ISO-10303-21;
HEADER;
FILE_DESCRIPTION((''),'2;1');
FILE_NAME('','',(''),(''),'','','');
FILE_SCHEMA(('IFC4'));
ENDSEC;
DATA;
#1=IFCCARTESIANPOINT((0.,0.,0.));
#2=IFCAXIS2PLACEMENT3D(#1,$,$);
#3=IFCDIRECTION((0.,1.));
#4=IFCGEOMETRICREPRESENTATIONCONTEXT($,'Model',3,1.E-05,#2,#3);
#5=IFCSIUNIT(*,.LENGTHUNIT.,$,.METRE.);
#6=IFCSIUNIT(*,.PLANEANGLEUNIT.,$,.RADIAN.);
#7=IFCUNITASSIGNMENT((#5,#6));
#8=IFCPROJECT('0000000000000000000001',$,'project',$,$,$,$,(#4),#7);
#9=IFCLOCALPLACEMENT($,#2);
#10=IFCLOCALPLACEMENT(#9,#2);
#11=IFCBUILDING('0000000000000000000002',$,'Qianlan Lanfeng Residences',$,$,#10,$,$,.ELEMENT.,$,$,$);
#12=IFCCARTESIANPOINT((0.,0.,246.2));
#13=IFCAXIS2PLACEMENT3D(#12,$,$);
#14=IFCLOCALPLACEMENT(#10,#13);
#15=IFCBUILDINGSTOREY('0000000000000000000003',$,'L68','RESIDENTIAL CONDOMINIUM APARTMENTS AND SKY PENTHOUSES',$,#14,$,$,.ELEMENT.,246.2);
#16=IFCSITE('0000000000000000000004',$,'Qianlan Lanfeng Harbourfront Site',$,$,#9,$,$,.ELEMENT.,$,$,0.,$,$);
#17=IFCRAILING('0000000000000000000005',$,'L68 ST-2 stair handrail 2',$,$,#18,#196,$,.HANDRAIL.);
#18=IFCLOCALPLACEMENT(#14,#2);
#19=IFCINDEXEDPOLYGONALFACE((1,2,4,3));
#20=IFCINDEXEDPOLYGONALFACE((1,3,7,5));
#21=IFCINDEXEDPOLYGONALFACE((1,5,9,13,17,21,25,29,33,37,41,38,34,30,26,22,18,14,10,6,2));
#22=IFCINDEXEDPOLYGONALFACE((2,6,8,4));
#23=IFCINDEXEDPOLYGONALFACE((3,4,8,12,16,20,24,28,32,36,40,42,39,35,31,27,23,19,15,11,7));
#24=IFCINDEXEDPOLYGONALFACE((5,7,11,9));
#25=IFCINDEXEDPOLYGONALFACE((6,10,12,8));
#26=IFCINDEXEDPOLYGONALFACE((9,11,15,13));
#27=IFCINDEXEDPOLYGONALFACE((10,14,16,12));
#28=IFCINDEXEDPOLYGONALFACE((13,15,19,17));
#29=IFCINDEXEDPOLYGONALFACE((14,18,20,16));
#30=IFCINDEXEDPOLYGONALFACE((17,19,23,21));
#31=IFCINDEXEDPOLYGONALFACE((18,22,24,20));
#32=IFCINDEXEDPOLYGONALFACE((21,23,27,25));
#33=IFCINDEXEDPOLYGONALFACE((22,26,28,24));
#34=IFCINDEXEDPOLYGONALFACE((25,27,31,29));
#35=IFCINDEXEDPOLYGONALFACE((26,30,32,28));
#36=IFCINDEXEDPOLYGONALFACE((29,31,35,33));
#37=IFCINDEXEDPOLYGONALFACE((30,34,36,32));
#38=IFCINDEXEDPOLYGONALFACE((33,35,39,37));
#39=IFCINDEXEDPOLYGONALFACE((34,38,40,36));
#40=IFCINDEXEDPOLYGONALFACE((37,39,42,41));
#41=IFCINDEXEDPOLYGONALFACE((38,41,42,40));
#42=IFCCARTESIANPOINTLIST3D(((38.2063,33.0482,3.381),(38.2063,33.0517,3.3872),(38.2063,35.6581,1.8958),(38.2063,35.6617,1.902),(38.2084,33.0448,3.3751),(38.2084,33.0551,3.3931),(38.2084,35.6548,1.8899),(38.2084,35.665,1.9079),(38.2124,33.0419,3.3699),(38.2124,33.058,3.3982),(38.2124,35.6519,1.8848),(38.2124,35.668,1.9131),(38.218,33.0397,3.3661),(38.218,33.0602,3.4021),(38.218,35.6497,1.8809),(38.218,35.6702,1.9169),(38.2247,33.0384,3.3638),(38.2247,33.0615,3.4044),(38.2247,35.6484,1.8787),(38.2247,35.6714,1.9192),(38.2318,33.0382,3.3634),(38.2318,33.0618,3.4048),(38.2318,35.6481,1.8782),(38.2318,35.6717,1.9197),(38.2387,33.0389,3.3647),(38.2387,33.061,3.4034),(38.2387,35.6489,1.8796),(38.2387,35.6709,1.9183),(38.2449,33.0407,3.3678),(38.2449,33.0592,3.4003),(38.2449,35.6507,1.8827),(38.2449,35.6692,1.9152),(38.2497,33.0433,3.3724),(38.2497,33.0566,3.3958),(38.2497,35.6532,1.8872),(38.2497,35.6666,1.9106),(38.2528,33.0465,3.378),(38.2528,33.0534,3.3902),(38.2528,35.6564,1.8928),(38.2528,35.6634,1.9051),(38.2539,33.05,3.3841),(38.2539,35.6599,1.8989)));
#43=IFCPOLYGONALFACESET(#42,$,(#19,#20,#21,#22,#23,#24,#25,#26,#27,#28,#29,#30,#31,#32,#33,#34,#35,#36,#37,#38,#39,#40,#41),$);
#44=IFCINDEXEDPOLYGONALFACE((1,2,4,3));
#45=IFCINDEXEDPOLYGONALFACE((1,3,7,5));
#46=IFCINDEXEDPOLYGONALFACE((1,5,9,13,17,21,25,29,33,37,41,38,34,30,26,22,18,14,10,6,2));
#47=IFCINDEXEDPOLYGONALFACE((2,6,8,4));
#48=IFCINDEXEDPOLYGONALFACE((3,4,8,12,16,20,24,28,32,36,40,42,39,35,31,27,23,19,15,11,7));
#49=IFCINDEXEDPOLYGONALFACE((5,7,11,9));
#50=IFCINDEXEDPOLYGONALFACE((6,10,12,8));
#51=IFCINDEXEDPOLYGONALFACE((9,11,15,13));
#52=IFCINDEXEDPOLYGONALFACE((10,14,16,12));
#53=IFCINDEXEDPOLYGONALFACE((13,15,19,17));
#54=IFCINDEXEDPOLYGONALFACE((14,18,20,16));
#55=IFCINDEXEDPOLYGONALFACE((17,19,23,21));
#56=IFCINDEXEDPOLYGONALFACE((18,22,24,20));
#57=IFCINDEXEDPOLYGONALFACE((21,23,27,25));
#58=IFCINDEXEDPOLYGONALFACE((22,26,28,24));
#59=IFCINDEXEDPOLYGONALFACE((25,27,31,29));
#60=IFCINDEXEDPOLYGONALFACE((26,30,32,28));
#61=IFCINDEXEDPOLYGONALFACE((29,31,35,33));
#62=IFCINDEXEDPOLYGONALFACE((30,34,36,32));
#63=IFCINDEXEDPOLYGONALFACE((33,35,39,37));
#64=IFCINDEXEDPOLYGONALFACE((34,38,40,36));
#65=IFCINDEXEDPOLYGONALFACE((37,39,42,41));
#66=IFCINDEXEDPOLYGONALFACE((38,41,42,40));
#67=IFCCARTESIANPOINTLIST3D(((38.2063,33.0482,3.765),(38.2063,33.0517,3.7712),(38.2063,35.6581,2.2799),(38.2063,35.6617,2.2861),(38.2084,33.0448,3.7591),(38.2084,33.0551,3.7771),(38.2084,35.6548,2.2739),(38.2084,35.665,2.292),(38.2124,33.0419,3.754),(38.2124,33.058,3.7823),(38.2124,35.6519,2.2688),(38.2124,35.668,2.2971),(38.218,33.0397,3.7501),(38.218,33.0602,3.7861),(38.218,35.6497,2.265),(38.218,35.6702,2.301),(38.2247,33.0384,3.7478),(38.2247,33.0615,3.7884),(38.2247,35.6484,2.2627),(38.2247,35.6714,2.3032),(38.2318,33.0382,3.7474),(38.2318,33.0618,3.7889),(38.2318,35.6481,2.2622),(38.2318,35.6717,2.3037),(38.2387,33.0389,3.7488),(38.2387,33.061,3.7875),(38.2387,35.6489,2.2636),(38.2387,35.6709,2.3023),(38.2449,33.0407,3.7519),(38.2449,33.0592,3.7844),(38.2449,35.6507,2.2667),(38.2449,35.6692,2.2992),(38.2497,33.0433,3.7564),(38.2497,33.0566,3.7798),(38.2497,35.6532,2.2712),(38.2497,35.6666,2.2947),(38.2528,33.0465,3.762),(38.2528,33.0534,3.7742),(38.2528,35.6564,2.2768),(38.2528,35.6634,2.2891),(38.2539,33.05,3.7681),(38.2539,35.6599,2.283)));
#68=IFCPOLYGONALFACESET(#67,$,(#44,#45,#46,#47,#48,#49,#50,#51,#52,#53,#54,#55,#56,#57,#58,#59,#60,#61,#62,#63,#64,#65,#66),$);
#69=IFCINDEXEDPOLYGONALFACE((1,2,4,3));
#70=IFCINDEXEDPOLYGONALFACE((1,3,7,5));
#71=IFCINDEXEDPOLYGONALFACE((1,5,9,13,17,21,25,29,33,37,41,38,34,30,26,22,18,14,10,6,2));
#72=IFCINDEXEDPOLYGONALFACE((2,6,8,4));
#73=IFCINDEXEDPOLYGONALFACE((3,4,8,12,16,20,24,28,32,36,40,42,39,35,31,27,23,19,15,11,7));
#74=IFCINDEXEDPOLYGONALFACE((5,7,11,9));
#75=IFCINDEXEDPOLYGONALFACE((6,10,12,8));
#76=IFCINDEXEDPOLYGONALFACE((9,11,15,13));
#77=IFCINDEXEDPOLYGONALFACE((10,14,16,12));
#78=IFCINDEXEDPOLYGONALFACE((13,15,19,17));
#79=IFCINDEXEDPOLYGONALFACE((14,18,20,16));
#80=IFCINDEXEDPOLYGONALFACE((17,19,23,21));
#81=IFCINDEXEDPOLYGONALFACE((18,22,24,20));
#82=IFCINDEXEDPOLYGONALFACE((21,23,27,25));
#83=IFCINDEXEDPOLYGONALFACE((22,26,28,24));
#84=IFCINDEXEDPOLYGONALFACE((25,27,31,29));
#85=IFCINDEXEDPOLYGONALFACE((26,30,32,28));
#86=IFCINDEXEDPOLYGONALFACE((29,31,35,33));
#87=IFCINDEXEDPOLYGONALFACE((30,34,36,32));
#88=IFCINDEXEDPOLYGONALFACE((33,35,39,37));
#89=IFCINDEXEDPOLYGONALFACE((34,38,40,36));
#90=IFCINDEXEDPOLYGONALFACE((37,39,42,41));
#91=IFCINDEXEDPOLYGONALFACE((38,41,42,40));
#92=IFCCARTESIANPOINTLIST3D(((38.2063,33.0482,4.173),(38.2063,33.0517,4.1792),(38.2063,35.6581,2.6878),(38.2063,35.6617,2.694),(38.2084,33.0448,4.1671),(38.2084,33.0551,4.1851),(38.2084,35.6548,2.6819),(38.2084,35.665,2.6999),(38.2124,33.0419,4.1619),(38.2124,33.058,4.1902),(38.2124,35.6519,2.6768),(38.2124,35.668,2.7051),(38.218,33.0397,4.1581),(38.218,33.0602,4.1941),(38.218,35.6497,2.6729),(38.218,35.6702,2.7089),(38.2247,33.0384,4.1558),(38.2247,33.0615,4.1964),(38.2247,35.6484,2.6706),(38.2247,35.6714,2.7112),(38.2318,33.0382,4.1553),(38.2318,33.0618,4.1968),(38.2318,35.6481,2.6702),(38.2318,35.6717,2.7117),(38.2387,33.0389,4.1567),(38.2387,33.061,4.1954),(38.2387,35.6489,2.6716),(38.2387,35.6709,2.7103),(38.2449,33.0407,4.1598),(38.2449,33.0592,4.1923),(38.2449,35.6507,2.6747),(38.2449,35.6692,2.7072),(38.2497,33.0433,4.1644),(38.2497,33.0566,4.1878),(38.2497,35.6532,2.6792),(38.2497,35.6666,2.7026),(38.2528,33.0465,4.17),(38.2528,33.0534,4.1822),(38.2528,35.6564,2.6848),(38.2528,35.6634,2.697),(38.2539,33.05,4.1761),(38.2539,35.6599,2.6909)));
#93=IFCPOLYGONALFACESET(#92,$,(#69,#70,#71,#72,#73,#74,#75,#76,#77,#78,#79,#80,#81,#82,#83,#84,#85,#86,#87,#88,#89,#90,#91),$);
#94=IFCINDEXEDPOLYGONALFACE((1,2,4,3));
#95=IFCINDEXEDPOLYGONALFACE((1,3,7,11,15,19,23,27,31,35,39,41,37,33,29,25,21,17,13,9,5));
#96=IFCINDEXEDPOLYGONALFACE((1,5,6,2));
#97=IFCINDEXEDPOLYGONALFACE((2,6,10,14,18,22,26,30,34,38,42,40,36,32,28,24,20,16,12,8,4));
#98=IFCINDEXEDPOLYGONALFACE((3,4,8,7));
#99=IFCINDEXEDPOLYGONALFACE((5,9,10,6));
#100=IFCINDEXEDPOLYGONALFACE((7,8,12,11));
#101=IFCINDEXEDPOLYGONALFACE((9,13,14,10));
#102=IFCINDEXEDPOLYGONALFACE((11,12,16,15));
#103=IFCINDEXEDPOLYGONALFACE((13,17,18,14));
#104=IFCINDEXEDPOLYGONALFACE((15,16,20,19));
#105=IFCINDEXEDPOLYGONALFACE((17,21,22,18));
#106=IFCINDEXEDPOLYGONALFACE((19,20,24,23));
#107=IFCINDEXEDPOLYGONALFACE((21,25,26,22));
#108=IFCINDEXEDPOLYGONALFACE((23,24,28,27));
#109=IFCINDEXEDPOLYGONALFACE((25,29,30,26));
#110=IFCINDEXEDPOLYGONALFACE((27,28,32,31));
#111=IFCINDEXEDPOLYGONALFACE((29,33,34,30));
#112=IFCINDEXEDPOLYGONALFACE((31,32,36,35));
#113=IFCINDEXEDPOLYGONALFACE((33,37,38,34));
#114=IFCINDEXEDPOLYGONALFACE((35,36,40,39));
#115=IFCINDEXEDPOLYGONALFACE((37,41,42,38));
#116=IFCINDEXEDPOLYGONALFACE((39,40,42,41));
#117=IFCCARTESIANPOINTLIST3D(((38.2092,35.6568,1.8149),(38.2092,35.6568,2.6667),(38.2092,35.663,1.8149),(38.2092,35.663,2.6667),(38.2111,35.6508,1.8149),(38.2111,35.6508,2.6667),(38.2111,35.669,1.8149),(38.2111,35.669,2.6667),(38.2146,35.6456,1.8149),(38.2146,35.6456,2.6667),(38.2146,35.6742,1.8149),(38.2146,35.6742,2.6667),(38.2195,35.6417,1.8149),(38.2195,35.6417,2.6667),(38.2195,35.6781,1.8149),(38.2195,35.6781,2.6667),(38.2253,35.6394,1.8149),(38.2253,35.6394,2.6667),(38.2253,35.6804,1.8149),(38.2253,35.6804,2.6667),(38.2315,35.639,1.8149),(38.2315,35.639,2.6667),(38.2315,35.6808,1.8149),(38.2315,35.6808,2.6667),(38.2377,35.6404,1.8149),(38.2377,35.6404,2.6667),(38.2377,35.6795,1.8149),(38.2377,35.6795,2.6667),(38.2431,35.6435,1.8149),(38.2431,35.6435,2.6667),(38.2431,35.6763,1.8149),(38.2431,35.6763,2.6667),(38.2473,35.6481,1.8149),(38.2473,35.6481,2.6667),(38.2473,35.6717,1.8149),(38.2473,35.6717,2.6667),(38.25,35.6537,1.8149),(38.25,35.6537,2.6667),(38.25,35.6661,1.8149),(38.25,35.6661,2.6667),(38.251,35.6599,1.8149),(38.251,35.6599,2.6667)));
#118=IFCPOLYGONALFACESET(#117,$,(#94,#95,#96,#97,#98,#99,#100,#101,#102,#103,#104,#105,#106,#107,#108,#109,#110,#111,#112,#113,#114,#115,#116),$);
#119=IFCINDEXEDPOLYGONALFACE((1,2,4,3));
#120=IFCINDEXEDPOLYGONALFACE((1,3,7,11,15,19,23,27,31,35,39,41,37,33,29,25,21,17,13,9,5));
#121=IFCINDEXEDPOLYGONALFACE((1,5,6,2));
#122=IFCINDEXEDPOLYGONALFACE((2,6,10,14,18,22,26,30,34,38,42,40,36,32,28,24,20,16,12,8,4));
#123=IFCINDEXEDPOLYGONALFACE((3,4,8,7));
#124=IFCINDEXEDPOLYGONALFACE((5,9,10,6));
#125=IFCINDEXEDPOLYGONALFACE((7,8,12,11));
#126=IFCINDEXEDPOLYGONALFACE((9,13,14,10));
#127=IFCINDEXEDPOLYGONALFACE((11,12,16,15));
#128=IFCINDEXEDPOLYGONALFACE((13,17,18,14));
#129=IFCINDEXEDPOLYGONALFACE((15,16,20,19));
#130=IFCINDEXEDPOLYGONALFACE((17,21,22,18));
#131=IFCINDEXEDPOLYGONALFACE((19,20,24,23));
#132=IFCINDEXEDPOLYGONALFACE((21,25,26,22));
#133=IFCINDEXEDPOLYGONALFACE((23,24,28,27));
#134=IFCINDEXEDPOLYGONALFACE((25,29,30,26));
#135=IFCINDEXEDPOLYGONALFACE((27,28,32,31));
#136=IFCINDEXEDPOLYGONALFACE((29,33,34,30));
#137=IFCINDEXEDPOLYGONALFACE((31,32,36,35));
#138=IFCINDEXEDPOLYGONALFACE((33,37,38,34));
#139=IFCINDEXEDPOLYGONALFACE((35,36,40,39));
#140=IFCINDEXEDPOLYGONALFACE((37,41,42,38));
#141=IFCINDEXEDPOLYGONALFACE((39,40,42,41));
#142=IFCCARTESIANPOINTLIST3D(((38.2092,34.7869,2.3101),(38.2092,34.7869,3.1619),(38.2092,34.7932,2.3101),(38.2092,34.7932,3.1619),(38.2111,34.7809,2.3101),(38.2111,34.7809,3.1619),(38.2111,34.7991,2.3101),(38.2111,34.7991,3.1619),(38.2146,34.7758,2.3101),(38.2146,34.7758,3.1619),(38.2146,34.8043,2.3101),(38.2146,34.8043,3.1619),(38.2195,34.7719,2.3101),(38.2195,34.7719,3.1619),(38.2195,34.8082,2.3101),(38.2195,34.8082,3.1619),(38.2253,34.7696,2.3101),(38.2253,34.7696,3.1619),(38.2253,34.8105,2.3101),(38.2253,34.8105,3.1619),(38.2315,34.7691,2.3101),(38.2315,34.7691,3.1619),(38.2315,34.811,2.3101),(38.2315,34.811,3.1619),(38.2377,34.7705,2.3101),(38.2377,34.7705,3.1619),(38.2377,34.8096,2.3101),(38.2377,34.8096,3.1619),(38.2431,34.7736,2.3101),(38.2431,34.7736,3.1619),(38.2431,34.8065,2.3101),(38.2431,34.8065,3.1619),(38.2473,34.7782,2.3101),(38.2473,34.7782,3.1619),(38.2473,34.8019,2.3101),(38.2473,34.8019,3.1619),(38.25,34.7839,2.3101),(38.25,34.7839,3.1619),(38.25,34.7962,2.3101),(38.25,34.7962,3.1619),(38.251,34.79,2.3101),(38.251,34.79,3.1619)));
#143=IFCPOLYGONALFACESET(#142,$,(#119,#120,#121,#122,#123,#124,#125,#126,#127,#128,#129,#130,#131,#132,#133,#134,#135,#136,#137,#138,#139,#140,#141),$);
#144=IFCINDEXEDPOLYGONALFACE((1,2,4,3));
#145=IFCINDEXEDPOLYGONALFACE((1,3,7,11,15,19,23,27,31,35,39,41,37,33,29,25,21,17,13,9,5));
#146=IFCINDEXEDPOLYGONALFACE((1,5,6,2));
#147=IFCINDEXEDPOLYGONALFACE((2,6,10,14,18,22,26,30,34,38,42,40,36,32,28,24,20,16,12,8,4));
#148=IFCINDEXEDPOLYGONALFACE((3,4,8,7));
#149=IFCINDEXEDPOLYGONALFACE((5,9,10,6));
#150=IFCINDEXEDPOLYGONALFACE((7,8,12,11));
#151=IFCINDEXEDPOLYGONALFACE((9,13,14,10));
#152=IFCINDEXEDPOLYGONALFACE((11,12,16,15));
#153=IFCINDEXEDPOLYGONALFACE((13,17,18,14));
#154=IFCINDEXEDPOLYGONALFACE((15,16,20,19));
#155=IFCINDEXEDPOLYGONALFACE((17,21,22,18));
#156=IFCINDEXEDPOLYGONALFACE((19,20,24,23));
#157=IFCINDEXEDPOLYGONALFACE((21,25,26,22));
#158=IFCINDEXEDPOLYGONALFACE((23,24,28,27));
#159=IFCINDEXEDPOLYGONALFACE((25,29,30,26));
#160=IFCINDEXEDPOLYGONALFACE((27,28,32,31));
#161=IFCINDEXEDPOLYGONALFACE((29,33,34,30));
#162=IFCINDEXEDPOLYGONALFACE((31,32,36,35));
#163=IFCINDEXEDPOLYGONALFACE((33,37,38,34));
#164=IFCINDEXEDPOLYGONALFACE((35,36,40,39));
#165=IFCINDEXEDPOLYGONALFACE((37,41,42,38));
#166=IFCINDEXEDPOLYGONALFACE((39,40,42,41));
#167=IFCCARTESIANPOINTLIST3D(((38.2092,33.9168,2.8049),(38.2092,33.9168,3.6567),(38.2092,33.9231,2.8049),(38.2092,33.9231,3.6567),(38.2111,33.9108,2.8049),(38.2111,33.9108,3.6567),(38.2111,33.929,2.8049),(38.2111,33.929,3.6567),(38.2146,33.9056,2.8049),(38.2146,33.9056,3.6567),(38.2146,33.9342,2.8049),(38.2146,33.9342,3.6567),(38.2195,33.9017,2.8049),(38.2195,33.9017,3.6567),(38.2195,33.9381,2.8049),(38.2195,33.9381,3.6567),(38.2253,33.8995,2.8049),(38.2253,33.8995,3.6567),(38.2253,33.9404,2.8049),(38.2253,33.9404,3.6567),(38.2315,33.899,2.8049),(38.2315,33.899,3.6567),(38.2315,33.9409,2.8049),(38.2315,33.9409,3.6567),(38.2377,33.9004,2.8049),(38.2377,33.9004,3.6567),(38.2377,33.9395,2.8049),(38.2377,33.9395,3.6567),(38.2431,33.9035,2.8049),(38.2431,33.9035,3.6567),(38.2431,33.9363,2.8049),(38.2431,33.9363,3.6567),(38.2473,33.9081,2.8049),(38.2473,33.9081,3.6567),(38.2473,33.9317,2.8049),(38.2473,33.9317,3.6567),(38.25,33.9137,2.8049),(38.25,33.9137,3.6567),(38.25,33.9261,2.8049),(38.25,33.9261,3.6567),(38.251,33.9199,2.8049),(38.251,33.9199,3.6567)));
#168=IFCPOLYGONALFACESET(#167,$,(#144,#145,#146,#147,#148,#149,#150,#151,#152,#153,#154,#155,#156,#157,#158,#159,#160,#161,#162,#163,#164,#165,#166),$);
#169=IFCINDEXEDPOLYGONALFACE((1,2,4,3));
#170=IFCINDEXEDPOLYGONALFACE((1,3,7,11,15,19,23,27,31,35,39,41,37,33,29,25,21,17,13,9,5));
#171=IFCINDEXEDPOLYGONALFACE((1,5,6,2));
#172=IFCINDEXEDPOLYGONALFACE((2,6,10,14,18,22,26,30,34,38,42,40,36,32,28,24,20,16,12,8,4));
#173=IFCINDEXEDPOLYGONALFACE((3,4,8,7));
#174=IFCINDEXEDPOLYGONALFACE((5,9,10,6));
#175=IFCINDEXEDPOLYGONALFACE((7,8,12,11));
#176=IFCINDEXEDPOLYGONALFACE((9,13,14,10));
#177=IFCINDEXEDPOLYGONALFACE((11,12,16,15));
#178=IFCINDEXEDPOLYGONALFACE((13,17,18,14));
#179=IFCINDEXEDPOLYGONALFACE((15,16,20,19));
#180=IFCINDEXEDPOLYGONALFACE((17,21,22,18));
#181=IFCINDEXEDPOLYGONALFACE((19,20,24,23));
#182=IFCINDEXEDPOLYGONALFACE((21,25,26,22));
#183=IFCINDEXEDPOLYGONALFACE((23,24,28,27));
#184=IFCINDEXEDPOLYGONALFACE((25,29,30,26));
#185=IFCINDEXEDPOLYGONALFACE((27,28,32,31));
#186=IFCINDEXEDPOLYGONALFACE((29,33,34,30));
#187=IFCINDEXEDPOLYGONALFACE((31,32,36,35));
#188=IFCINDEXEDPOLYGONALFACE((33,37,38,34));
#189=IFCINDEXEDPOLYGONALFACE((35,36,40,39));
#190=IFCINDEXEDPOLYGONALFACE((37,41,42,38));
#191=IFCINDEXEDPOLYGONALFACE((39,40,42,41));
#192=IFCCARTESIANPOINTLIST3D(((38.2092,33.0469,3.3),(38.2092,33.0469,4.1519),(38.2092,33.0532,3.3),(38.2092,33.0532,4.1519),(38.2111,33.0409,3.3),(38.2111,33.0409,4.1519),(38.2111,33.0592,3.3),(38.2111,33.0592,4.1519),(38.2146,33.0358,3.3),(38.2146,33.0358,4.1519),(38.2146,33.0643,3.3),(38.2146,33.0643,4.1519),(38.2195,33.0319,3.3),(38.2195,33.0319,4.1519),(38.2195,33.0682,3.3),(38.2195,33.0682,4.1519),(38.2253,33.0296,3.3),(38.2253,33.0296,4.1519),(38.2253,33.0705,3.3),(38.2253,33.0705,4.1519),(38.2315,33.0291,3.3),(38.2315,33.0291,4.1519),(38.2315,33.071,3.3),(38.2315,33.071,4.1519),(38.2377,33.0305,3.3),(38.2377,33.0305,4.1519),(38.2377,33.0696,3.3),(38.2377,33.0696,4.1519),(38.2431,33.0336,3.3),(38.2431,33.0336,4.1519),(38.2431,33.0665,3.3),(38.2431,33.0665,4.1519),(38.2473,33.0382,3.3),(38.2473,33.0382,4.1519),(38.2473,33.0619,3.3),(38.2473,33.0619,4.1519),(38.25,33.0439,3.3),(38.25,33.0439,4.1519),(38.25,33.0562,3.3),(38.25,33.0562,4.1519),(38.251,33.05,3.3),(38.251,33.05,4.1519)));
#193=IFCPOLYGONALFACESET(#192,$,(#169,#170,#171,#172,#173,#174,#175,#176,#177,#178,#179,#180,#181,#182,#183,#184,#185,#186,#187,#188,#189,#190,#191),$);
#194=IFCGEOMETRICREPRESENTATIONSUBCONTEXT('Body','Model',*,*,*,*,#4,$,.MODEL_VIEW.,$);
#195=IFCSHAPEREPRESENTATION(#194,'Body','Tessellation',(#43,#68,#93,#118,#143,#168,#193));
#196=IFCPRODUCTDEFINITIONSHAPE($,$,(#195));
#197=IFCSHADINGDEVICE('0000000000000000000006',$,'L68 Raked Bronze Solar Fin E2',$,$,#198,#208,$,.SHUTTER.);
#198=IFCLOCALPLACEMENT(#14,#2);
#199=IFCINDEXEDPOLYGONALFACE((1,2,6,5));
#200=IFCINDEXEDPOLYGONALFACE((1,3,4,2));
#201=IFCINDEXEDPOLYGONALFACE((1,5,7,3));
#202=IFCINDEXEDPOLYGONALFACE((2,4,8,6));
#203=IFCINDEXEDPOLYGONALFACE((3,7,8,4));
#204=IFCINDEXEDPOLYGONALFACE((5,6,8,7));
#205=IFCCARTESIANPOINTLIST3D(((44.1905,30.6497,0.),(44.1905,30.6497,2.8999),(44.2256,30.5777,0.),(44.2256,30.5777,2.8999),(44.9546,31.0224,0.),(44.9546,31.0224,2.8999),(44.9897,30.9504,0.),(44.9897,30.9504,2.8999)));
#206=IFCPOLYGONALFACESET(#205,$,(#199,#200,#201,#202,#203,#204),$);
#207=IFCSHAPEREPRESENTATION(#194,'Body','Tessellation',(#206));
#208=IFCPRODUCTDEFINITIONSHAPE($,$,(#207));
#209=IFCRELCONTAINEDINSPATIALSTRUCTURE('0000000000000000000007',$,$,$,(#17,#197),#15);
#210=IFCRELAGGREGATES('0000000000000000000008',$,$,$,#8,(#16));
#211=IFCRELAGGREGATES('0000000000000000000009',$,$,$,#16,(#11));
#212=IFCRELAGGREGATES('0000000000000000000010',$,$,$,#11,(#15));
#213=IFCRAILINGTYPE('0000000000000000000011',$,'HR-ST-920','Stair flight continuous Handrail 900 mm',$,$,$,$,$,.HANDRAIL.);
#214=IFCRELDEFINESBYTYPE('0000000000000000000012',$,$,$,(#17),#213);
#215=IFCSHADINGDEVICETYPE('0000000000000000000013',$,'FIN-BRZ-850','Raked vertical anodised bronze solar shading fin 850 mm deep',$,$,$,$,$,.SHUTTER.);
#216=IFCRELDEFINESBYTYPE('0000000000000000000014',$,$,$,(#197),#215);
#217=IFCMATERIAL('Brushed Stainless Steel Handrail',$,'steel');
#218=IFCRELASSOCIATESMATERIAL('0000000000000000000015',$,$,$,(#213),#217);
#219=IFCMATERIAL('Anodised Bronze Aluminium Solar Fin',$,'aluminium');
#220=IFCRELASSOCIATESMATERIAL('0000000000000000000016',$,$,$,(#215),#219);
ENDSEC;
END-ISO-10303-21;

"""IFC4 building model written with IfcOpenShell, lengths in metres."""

from ifc_helpers import new_model, si_unit, direction, frame, origin, origin_2d, place, context, subcontext, project, spatial, rectangle, circle, extrude, source, transform, mapped, material, type_object, element, save


model = new_model("IFC4")

# Units and contexts
model_context = context("Model", 3, precision=1e-05, world=origin(), true_north=direction((0.0, 1.0)))
body_context = subcontext(model_context, "Body", "Model", "MODEL_VIEW")
ifc_project = project(units=[si_unit("LENGTHUNIT", "METRE"), si_unit("PLANEANGLEUNIT", "RADIAN")], contexts=[model_context])

# Site, building, storey
site_placement = place(None, origin())
site = spatial("IfcSite", under=ifc_project, at=site_placement, Name="Qianlan Lanfeng Harbourfront Site", CompositionType="ELEMENT", RefElevation=0.0)
building_placement = place(site_placement, origin())
building = spatial("IfcBuilding", under=site, at=building_placement, Name="Qianlan Lanfeng Residences", CompositionType="ELEMENT")
storey_placement = place(building_placement, frame((0.0, 0.0, 246.2)))
storey = spatial("IfcBuildingStorey", under=building, at=storey_placement, Name="L68", Description="RESIDENTIAL CONDOMINIUM APARTMENTS AND SKY PENTHOUSES", CompositionType="ELEMENT", Elevation=246.2)

# Railing
ifc_material_1 = material(Name="Brushed Stainless Steel Handrail", Category="steel")
railing_type_1 = type_object("IfcRailingType", Name="HR-ST-920", Description="Stair flight continuous Handrail 900 mm", PredefinedType="HANDRAIL", material=ifc_material_1)
railing_1_placement = place(storey_placement, frame((38.23, 35.6599, 1.8149)))
element("IfcRailing", 1, at=railing_1_placement, inside=storey, type_object=railing_type_1, Name="L68 ST-2 stair handrail 2", PredefinedType="HANDRAIL", context=body_context, shape_type="SweptSolid", body=[
    extrude(circle(Radius=0.0239, at=origin_2d()), frame((0.0, 0.0, 0.084), z_axis=(0.0, -0.869137, 0.494571), x_axis=(1.0, 0.0, 0.0)), (0.0, 0.0, 1.0), 3.0029),
    extrude(circle(Radius=0.0239, at=origin_2d()), frame((0.0, 0.0, 0.468), z_axis=(0.0, -0.869137, 0.494571), x_axis=(1.0, 0.0, 0.0)), (0.0, 0.0, 1.0), 3.0029),
    extrude(circle(Radius=0.0239, at=origin_2d()), frame((0.0, 0.0, 0.876), z_axis=(0.0, -0.869137, 0.494571), x_axis=(1.0, 0.0, 0.0)), (0.0, 0.0, 1.0), 3.0029),
    extrude(circle(Radius=0.021, at=origin_2d()), origin(), (0.0, 0.0, 1.0), 0.8518),
    extrude(circle(Radius=0.021, at=origin_2d()), frame((0.0, -0.8699, 0.4951)), (0.0, 0.0, 1.0), 0.8518),
    extrude(circle(Radius=0.021, at=origin_2d()), frame((0.0, -1.74, 0.99)), (0.0, 0.0, 1.0), 0.8518),
    extrude(circle(Radius=0.021, at=origin_2d()), frame((0.0, -2.6099, 1.4851)), (0.0, 0.0, 1.0), 0.8518),
])

# Shading device
ifc_material_2 = material(Name="Anodised Bronze Aluminium Solar Fin", Category="aluminium")
shading_device_type = type_object("IfcShadingDeviceType", Name="FIN-BRZ-850", Description="Raked vertical anodised bronze solar shading fin 850 mm deep", PredefinedType="SHUTTER", material=ifc_material_2)
shared_shape = source(origin(), body_context, "Body", "SweptSolid", [
    extrude(rectangle(XDim=0.8501, YDim=0.0801, at=origin_2d()), origin(), (0.0, 0.0, 1.0), 2.8999),
])
shading_device_placement = place(storey_placement, frame((44.5901, 30.8, 0.0), z_axis=(0.0, 0.0, 1.0), x_axis=(0.898794, 0.438371, 0.0)))
element("IfcShadingDevice", 2, at=shading_device_placement, inside=storey, type_object=shading_device_type, Name="L68 Raked Bronze Solar Fin E2", PredefinedType="SHUTTER", context=body_context, shape_type="MappedRepresentation", body=[
    mapped(shared_shape, transform((0.0, 0.0, 0.0), scale=1.0)),
])

save(model, "model.ifc")
